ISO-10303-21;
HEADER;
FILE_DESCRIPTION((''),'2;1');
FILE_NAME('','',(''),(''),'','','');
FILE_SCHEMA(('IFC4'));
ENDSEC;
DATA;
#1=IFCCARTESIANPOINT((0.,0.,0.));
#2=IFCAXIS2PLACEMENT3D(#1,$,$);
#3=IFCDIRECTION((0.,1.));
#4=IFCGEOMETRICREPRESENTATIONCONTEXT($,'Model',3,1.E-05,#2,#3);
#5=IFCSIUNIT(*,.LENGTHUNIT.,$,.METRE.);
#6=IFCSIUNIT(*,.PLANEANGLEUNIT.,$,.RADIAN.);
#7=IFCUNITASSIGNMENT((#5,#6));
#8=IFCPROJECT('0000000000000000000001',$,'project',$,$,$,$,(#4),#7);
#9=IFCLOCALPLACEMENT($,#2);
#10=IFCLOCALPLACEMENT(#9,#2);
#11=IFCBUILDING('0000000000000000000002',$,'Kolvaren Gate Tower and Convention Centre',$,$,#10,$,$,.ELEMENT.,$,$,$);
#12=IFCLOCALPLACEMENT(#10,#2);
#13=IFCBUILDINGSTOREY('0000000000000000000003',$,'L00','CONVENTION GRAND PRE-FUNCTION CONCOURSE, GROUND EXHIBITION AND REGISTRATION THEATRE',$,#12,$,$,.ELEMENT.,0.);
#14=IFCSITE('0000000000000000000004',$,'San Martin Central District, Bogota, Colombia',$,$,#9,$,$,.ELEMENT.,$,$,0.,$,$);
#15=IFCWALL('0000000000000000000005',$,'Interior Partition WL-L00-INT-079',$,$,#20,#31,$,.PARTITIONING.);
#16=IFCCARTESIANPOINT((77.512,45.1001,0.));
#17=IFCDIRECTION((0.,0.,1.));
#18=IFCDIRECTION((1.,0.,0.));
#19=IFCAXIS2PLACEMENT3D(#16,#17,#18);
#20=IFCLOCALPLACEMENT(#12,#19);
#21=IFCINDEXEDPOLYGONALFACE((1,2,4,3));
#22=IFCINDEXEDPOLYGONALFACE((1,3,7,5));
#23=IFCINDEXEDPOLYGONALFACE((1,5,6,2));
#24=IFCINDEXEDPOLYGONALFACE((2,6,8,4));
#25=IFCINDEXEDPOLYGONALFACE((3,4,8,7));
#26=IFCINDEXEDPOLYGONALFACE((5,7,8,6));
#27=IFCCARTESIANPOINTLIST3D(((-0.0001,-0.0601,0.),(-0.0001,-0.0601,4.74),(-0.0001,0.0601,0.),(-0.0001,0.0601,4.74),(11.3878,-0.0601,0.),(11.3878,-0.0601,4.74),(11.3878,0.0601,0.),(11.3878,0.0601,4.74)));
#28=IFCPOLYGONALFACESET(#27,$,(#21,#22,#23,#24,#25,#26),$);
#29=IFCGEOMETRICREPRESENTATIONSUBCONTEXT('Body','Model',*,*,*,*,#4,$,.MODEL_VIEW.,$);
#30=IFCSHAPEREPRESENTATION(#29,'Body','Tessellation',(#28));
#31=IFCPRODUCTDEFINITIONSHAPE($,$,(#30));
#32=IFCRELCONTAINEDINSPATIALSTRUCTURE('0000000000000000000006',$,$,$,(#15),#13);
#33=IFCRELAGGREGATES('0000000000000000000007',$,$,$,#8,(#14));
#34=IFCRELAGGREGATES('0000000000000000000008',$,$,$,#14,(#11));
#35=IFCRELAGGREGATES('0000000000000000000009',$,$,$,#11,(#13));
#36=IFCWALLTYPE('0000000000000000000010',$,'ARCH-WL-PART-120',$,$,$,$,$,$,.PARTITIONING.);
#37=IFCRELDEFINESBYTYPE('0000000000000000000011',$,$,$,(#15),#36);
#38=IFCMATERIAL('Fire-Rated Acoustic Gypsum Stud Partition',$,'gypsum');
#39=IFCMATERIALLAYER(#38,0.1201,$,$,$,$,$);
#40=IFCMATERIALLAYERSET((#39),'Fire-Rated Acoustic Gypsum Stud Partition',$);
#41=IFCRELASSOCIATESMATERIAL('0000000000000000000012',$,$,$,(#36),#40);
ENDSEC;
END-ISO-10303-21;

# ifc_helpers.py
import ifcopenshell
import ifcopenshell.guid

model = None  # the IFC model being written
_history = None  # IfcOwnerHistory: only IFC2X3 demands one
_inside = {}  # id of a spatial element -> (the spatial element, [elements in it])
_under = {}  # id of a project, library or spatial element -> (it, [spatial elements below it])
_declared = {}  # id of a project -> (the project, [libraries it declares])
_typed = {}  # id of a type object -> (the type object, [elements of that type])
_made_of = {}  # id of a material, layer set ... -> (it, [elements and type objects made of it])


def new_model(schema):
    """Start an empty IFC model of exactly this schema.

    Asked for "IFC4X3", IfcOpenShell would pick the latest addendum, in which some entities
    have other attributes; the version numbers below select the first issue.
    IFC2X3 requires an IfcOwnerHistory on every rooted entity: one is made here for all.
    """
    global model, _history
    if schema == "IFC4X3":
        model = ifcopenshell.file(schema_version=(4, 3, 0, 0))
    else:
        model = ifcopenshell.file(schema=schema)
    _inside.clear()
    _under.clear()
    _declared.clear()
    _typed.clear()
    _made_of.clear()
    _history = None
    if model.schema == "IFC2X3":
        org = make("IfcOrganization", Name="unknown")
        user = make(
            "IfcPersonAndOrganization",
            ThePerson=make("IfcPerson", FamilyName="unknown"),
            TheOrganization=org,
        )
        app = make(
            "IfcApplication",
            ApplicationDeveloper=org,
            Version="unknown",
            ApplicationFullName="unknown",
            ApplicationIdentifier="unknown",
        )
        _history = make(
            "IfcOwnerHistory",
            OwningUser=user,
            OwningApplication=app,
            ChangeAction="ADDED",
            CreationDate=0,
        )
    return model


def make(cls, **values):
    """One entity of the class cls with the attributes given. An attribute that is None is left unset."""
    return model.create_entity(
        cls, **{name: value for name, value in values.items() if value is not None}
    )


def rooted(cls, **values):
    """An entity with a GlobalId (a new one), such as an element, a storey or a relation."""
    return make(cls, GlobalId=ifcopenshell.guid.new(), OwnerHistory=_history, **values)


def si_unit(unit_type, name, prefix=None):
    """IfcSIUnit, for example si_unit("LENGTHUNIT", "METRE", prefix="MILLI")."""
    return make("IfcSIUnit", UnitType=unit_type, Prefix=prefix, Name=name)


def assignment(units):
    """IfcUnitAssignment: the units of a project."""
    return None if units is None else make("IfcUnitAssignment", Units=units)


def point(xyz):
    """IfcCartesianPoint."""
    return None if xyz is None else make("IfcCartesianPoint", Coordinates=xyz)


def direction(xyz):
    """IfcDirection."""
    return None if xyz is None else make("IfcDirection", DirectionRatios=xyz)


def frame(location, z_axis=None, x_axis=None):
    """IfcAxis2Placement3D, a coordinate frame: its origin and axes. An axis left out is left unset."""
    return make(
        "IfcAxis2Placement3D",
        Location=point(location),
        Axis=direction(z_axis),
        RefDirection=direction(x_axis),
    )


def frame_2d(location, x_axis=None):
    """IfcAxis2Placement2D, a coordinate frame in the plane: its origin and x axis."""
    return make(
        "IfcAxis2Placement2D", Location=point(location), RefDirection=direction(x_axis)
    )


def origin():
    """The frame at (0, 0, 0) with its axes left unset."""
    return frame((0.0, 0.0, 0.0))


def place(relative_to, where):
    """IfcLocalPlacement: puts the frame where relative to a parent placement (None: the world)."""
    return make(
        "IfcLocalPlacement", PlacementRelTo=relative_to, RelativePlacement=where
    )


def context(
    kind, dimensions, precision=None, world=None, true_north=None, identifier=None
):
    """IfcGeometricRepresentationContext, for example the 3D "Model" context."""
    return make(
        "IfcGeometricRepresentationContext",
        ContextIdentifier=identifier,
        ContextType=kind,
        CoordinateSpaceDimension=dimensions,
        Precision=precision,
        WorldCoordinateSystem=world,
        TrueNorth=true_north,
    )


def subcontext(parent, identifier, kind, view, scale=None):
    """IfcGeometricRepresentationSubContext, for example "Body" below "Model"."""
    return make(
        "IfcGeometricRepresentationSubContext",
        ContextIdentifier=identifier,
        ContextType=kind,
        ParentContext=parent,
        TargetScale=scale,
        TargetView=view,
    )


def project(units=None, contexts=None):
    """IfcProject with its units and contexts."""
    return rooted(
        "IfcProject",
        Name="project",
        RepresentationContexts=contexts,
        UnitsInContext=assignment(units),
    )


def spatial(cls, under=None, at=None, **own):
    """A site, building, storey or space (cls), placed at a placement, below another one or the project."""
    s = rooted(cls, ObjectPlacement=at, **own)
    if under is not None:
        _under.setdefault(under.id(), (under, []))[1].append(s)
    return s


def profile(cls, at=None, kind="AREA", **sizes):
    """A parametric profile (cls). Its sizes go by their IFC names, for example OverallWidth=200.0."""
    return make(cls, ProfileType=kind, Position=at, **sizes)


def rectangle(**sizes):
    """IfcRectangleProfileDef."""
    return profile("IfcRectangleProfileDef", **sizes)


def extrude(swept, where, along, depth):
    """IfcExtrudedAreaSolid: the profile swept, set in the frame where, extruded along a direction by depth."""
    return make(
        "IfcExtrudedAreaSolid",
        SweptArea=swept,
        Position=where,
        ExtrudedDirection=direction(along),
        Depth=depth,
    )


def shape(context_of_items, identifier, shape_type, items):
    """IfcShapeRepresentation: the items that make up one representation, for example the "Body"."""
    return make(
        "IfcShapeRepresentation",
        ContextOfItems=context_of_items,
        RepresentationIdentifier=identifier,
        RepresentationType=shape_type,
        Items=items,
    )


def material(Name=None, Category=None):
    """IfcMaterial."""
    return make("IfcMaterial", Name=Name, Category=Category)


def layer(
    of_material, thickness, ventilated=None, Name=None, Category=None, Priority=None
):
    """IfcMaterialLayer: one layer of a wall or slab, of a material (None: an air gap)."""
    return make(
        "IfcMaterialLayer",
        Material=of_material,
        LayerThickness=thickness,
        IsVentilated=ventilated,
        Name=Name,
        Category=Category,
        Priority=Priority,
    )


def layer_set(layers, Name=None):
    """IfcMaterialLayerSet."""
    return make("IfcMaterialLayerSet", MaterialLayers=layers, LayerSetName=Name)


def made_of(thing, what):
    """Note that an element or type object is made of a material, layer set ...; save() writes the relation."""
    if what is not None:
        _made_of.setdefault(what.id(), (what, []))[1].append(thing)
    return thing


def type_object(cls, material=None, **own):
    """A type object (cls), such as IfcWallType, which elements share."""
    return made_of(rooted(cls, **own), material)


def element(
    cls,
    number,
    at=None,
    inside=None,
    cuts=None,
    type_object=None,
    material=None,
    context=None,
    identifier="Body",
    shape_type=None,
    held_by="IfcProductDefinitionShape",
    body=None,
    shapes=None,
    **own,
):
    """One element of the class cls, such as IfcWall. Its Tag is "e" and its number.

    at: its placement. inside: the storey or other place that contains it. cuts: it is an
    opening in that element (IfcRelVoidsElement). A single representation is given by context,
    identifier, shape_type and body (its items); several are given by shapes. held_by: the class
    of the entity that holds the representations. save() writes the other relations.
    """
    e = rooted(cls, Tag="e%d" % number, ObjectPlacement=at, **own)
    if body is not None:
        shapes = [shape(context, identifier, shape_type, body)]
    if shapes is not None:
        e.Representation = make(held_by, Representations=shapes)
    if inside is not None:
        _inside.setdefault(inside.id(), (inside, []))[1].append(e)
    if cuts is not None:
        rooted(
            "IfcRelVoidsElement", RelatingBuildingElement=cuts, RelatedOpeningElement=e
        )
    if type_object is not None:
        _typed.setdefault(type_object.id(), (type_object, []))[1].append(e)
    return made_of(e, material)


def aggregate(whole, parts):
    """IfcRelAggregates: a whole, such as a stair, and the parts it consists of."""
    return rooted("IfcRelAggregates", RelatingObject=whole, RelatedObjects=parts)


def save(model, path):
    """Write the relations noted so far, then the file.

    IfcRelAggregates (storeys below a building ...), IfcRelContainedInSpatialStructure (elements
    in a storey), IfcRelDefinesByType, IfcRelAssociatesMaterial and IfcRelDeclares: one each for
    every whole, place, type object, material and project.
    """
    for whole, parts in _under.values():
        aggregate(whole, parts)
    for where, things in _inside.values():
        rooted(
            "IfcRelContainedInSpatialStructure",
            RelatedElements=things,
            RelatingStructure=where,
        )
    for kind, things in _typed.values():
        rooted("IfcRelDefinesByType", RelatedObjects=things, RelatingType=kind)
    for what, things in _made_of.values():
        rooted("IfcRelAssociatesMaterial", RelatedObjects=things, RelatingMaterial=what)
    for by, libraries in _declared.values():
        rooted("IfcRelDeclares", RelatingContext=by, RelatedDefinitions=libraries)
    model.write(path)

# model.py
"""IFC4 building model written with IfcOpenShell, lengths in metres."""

from ifc_helpers import new_model, si_unit, direction, frame, frame_2d, origin, place, context, subcontext, project, spatial, rectangle, extrude, material, layer, layer_set, type_object, element, save


model = new_model("IFC4")

# Units and contexts
model_context = context("Model", 3, precision=1e-05, world=origin(), true_north=direction((0.0, 1.0)))
body_context = subcontext(model_context, "Body", "Model", "MODEL_VIEW")
ifc_project = project(units=[si_unit("LENGTHUNIT", "METRE"), si_unit("PLANEANGLEUNIT", "RADIAN")], contexts=[model_context])

# Site, building, storey
site_placement = place(None, origin())
site = spatial("IfcSite", under=ifc_project, at=site_placement, Name="San Martin Central District, Bogota, Colombia", CompositionType="ELEMENT", RefElevation=0.0)
building_placement = place(site_placement, origin())
building = spatial("IfcBuilding", under=site, at=building_placement, Name="Kolvaren Gate Tower and Convention Centre", CompositionType="ELEMENT")
storey_placement = place(building_placement, origin())
storey = spatial("IfcBuildingStorey", under=building, at=storey_placement, Name="L00", Description="CONVENTION GRAND PRE-FUNCTION CONCOURSE, GROUND EXHIBITION AND REGISTRATION THEATRE", CompositionType="ELEMENT", Elevation=0.0)

# Wall
ifc_material_1 = material(Name="Fire-Rated Acoustic Gypsum Stud Partition", Category="gypsum")
ifc_layer_1 = layer(ifc_material_1, 0.1201)
ifc_layer_set_1 = layer_set([ifc_layer_1], Name="Fire-Rated Acoustic Gypsum Stud Partition")
wall_type_1 = type_object("IfcWallType", Name="ARCH-WL-PART-120", PredefinedType="PARTITIONING", material=ifc_layer_set_1)
wall_1_placement = place(storey_placement, frame((77.512, 45.1001, 0.0), z_axis=(0.0, 0.0, 1.0), x_axis=(1.0, 0.0, 0.0)))
element("IfcWall", 1, at=wall_1_placement, inside=storey, type_object=wall_type_1, Name="Interior Partition WL-L00-INT-079", PredefinedType="PARTITIONING", context=body_context, shape_type="SweptSolid", body=[
    extrude(rectangle(XDim=11.3879, YDim=0.1201, at=frame_2d((5.6938, 0.0))), origin(), (0.0, 0.0, 1.0), 4.74),
])

save(model, "model.ifc")
